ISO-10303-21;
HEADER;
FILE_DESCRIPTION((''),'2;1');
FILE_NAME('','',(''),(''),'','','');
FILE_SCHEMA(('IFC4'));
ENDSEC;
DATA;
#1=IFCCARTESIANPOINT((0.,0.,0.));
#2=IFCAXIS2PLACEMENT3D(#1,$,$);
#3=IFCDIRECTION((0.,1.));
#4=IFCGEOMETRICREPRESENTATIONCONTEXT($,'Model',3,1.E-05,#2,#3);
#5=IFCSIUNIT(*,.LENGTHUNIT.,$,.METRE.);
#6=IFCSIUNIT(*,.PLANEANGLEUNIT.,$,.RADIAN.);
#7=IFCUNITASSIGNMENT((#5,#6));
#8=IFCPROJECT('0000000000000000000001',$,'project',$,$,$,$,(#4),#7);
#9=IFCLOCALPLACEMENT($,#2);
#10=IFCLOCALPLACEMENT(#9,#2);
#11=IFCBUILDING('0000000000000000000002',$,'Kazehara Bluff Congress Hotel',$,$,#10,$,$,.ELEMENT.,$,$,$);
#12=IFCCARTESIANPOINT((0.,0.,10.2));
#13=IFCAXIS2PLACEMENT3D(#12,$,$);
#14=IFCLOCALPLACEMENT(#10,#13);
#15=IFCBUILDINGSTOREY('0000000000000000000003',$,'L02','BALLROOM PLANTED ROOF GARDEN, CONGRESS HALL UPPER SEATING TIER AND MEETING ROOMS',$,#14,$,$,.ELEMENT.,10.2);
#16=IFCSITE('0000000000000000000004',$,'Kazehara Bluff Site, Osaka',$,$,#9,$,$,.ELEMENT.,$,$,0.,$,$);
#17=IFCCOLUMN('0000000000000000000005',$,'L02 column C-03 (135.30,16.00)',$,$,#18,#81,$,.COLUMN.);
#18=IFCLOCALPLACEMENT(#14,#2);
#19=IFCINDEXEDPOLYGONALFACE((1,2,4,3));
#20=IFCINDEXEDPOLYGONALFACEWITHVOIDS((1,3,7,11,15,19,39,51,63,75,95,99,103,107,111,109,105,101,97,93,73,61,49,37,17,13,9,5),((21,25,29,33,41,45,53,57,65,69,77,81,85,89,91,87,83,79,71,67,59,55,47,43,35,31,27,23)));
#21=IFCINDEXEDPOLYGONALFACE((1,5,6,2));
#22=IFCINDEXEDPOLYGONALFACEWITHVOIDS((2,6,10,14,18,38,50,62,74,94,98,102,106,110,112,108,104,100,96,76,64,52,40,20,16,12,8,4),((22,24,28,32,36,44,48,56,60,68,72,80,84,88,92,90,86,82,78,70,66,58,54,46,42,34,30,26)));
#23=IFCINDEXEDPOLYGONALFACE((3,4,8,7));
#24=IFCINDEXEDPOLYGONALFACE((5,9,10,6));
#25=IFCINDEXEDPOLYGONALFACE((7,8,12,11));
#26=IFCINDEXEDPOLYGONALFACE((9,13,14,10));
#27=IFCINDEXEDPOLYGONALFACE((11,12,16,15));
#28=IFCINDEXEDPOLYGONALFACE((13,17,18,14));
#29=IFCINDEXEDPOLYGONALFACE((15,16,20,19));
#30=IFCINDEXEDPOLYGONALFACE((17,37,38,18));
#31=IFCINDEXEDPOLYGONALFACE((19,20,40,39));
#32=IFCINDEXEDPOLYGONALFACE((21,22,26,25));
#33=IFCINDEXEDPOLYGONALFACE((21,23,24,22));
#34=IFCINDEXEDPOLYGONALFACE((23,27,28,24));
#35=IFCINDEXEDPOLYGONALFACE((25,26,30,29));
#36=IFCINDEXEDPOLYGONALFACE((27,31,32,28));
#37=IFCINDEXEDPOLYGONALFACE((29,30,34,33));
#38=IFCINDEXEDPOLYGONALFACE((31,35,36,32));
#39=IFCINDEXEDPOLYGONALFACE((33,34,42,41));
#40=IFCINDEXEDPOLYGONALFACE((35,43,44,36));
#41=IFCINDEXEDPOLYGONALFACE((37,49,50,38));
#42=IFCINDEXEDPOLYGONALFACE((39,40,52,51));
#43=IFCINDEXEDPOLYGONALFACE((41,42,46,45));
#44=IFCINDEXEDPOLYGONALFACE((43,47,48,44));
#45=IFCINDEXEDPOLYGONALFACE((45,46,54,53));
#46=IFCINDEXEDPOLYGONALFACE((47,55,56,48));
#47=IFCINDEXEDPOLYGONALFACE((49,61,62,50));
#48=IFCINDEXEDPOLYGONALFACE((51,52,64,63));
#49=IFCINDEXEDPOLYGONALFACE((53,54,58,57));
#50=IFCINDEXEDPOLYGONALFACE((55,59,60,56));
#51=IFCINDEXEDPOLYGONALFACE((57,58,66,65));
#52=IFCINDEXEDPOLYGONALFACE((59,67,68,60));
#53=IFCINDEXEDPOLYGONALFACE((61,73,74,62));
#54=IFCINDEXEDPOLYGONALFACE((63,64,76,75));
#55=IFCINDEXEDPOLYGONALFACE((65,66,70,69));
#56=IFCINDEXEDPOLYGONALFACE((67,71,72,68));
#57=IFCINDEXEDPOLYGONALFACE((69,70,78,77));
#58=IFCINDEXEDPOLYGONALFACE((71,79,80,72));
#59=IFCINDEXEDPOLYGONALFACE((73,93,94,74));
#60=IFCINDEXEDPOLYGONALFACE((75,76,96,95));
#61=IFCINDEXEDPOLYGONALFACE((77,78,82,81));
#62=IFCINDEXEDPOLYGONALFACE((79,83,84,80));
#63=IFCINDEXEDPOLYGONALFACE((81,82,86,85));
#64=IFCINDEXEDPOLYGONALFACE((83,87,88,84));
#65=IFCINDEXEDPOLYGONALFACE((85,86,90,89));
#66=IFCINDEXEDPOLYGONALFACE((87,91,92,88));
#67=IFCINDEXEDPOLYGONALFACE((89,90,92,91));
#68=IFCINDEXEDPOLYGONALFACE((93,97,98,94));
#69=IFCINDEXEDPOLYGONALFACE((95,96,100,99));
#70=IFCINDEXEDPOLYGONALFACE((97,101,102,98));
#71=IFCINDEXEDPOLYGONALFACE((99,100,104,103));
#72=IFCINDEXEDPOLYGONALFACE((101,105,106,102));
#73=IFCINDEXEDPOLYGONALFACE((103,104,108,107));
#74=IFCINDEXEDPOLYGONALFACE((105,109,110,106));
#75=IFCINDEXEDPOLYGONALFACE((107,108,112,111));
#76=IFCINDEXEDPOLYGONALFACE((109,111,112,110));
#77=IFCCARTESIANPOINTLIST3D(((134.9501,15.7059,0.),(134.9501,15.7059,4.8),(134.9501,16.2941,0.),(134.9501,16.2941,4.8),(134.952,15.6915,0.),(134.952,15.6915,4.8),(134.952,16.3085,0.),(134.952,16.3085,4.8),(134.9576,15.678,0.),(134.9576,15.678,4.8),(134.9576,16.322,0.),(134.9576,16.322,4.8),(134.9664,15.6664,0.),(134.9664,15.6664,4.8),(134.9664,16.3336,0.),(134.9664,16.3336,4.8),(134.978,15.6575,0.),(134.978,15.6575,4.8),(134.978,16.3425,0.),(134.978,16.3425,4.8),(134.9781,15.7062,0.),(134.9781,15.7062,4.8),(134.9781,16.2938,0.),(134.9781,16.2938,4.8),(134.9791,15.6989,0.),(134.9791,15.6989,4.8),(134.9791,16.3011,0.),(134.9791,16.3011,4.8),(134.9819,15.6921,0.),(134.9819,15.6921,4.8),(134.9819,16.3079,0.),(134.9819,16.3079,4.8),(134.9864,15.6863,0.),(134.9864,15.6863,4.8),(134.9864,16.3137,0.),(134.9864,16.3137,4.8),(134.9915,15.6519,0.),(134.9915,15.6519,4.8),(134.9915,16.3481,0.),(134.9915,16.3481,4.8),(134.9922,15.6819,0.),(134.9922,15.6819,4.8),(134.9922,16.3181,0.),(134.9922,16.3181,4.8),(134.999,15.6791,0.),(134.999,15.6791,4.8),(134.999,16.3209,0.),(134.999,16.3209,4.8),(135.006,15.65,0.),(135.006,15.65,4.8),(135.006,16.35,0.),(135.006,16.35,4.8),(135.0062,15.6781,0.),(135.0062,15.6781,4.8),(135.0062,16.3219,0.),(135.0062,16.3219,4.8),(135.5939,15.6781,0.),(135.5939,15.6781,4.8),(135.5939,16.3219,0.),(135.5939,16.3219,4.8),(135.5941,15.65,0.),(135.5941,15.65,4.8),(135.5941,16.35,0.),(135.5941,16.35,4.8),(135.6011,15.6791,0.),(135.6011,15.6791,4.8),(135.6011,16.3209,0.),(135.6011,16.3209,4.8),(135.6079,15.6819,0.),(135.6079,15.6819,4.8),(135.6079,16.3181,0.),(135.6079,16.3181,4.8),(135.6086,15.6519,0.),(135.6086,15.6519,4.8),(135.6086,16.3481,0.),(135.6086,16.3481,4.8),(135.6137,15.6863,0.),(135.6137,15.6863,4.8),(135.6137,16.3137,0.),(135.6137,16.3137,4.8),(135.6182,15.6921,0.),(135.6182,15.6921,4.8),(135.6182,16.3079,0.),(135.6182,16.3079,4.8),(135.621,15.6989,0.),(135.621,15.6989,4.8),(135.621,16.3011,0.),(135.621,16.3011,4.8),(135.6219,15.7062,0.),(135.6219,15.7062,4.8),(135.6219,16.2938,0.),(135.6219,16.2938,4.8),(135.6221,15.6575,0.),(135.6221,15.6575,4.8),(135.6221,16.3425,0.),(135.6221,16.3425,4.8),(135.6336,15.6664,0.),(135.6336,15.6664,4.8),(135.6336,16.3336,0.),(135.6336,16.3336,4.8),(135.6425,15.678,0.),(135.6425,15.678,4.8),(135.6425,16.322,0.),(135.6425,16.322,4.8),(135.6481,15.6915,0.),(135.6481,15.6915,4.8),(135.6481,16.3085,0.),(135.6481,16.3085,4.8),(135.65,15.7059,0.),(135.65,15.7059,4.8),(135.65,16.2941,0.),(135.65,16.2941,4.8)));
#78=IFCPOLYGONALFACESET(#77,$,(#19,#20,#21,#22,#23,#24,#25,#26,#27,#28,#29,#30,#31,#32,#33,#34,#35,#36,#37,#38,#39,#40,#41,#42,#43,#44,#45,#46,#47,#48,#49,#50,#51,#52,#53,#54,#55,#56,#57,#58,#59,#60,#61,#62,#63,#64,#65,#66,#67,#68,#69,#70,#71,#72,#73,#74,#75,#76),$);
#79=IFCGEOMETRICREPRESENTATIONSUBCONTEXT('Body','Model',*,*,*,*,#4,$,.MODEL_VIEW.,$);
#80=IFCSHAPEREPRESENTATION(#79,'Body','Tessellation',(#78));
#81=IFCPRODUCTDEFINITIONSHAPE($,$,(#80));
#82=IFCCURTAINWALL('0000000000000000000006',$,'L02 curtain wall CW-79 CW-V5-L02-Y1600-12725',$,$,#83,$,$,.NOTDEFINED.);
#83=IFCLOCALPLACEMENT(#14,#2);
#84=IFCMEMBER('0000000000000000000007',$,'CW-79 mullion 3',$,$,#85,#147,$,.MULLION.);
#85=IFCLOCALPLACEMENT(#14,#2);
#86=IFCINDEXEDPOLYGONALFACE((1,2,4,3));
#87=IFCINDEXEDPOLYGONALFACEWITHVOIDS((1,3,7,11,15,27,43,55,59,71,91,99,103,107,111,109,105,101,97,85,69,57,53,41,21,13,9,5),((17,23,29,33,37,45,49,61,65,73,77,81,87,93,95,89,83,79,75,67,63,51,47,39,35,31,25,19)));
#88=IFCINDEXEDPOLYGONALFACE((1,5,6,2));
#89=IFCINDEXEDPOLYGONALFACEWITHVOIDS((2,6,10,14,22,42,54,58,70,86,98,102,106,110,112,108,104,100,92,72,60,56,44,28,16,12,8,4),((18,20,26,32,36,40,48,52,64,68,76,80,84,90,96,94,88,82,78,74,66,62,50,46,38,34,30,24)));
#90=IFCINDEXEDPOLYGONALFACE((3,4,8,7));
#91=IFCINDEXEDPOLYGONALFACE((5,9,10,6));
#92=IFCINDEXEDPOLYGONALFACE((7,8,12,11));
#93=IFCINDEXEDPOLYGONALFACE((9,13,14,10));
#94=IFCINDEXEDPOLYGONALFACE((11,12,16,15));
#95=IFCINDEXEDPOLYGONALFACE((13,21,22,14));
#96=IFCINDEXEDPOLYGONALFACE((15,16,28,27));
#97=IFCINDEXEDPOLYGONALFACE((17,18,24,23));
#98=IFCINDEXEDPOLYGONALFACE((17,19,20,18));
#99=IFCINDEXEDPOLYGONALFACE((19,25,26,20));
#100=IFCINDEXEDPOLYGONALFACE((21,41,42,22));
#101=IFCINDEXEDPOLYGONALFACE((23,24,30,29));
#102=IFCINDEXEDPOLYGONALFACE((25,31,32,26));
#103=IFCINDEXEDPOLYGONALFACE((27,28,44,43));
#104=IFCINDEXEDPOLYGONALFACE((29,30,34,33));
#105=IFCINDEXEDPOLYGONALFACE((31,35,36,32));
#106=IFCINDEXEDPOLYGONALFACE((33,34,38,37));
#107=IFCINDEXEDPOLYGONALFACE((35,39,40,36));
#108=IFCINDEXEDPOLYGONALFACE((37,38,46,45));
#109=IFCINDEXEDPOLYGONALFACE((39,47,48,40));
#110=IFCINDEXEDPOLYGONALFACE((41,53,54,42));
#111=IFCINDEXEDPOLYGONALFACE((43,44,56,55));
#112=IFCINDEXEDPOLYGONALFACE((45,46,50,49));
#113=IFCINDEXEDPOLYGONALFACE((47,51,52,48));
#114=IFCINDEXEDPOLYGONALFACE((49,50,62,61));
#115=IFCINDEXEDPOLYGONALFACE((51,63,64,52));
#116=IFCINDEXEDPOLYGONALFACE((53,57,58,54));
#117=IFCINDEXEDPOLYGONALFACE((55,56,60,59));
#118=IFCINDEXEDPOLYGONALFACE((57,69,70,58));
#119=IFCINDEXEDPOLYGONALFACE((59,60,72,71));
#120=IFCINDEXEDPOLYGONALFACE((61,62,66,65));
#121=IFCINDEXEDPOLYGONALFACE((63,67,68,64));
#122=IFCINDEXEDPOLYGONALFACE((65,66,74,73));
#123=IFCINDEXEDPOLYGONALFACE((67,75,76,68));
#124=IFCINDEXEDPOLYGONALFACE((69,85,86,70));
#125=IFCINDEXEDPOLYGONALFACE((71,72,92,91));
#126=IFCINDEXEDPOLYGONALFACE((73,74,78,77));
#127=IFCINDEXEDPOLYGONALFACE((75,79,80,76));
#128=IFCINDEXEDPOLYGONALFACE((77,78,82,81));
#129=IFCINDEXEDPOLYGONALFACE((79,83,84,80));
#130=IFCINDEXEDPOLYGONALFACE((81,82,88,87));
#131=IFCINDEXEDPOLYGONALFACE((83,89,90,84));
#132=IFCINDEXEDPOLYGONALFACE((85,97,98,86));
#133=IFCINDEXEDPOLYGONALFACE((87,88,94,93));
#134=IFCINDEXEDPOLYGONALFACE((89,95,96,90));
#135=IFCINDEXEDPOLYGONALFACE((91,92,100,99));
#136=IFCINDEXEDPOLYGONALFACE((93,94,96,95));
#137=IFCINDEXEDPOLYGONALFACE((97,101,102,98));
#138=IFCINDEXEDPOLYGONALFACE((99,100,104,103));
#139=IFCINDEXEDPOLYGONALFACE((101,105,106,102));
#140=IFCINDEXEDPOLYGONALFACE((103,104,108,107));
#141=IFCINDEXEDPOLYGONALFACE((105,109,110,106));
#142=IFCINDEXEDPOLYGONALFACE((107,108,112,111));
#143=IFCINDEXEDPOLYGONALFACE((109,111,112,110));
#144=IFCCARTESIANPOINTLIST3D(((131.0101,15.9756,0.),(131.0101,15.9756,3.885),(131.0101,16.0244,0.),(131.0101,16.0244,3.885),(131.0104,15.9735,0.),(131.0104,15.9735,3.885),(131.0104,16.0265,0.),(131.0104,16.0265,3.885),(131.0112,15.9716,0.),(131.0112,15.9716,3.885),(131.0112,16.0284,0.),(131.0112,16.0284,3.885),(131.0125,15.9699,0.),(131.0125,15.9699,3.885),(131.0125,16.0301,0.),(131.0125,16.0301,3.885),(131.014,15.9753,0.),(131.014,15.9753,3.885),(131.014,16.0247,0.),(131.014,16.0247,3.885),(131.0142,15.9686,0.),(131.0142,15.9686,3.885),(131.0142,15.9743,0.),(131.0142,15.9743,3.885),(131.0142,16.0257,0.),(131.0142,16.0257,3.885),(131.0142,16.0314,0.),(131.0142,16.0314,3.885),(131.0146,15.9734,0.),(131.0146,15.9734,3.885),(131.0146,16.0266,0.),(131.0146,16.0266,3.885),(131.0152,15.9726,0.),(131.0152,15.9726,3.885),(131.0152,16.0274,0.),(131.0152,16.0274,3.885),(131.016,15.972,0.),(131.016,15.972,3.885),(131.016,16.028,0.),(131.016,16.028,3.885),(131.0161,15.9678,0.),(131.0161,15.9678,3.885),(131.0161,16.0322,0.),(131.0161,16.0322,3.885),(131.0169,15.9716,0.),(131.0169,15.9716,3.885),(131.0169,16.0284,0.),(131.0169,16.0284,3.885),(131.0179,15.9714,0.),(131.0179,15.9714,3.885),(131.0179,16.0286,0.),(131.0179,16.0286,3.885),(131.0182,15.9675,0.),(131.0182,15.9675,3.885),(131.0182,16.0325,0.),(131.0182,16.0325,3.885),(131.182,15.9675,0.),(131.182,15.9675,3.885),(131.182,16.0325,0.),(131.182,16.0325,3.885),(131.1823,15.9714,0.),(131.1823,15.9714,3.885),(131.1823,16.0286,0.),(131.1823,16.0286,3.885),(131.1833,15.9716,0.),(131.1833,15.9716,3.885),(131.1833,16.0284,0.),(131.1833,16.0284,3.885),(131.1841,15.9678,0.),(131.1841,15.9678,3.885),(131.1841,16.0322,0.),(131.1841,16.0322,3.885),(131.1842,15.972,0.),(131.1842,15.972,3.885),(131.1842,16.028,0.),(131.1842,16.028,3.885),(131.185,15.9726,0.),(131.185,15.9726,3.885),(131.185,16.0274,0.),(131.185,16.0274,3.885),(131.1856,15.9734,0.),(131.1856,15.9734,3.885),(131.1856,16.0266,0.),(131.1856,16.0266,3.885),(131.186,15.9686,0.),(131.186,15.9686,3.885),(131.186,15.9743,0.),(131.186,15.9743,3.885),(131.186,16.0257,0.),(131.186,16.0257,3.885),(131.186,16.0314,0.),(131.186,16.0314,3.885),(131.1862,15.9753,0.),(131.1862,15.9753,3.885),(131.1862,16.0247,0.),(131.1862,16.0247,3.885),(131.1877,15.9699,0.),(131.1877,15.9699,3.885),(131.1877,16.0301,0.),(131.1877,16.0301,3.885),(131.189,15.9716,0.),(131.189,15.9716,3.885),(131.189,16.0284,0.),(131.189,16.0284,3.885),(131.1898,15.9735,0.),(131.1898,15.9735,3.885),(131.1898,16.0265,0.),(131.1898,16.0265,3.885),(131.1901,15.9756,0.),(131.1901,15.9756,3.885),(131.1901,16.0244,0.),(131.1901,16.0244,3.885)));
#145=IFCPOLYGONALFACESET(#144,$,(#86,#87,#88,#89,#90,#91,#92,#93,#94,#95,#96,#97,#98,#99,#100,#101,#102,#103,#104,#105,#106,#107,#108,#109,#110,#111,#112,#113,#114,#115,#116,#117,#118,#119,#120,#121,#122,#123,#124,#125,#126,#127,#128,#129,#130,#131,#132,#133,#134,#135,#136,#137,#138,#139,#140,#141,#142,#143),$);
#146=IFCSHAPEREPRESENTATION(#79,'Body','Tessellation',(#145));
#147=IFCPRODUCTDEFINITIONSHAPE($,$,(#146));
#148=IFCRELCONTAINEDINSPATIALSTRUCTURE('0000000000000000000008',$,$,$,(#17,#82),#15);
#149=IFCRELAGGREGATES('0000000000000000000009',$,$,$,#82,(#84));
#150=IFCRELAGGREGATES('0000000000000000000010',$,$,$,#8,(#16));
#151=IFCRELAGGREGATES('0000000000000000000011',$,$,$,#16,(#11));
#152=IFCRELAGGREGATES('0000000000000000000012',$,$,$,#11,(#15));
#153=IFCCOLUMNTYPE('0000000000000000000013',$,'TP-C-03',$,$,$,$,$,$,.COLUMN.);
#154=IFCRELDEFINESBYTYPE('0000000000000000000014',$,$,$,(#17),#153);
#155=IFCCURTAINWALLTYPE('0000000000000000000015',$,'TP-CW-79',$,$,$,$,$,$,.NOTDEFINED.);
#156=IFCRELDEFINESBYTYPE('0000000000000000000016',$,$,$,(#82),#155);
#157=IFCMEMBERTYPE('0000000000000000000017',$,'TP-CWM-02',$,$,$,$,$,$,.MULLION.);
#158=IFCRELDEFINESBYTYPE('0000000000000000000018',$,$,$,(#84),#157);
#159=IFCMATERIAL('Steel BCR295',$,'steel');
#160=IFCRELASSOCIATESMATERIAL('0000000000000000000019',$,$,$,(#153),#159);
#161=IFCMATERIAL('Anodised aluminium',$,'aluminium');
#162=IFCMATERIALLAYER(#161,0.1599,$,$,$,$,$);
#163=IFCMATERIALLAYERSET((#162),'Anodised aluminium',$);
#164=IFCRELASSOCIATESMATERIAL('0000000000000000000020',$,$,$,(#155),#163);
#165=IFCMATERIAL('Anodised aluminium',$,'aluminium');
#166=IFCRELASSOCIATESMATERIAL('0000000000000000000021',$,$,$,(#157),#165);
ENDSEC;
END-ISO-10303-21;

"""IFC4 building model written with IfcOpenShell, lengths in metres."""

from ifc_helpers import new_model, si_unit, direction, frame, origin, origin_2d, place, context, subcontext, project, spatial, hollow_rectangle, extrude, material, layer, layer_set, material_profile, profile_set, type_object, element, aggregate, save


model = new_model("IFC4")

# Units and contexts
model_context = context("Model", 3, precision=1e-05, world=origin(), true_north=direction((0.0, 1.0)))
body_context = subcontext(model_context, "Body", "Model", "MODEL_VIEW")
ifc_project = project(units=[si_unit("LENGTHUNIT", "METRE"), si_unit("PLANEANGLEUNIT", "RADIAN")], contexts=[model_context])

# Site, building, storey
site_placement = place(None, origin())
site = spatial("IfcSite", under=ifc_project, at=site_placement, Name="Kazehara Bluff Site, Osaka", CompositionType="ELEMENT", RefElevation=0.0)
building_placement = place(site_placement, origin())
building = spatial("IfcBuilding", under=site, at=building_placement, Name="Kazehara Bluff Congress Hotel", CompositionType="ELEMENT")
storey_placement = place(building_placement, frame((0.0, 0.0, 10.2)))
storey = spatial("IfcBuildingStorey", under=building, at=storey_placement, Name="L02", Description="BALLROOM PLANTED ROOF GARDEN, CONGRESS HALL UPPER SEATING TIER AND MEETING ROOMS", CompositionType="ELEMENT", Elevation=10.2)

# Column
ifc_material_1 = material(Name="Steel BCR295", Category="steel")
ifc_material_profile_1 = material_profile(ifc_material_1, hollow_rectangle(XDim=0.7, YDim=0.7, WallThickness=0.0281, InnerFilletRadius=0.0281, OuterFilletRadius=0.0559, at=origin_2d()))
ifc_profile_set_1 = profile_set([ifc_material_profile_1], Name="Steel BCR295")
column_type = type_object("IfcColumnType", Name="TP-C-03", PredefinedType="COLUMN", material=ifc_profile_set_1)
column_placement = place(storey_placement, frame((135.3, 16.0, 0.0), z_axis=(0.0, 0.0, 1.0), x_axis=(1.0, 0.0, 0.0)))
element("IfcColumn", 1, at=column_placement, inside=storey, type_object=column_type, Name="L02 column C-03 (135.30,16.00)", PredefinedType="COLUMN", context=body_context, shape_type="SweptSolid", body=[
    extrude(hollow_rectangle(XDim=0.7, YDim=0.7, WallThickness=0.0281, InnerFilletRadius=0.0281, OuterFilletRadius=0.0559, at=origin_2d()), origin(), (0.0, 0.0, 1.0), 4.8),
])

# Curtain wall, member
ifc_material_2 = material(Name="Anodised aluminium", Category="aluminium")
ifc_layer_1 = layer(ifc_material_2, 0.1599)
ifc_layer_set_1 = layer_set([ifc_layer_1], Name="Anodised aluminium")
curtain_wall_type_1 = type_object("IfcCurtainWallType", Name="TP-CW-79", PredefinedType="NOTDEFINED", material=ifc_layer_set_1)
curtain_wall_1_placement = place(storey_placement, origin())
curtain_wall_1 = element("IfcCurtainWall", 2, at=curtain_wall_1_placement, inside=storey, type_object=curtain_wall_type_1, Name="L02 curtain wall CW-79 CW-V5-L02-Y1600-12725", PredefinedType="NOTDEFINED")
ifc_material_3 = material(Name="Anodised aluminium", Category="aluminium")
ifc_material_profile_2 = material_profile(ifc_material_3, hollow_rectangle(XDim=0.0649, YDim=0.1799, WallThickness=0.0039, InnerFilletRadius=0.0039, OuterFilletRadius=0.0081, at=origin_2d()))
ifc_profile_set_2 = profile_set([ifc_material_profile_2], Name="Anodised aluminium")
member_type_1 = type_object("IfcMemberType", Name="TP-CWM-02", PredefinedType="MULLION", material=ifc_profile_set_2)
member_1_placement = place(storey_placement, frame((131.1001, 16.0, 0.0), z_axis=(0.0, 0.0, 1.0), x_axis=(0.0, 1.0, 0.0)))
member_1 = element("IfcMember", 3, at=member_1_placement, type_object=member_type_1, Name="CW-79 mullion 3", PredefinedType="MULLION", context=body_context, shape_type="SweptSolid", body=[
    extrude(hollow_rectangle(XDim=0.0649, YDim=0.1799, WallThickness=0.0039, InnerFilletRadius=0.0039, OuterFilletRadius=0.0081, at=origin_2d()), origin(), (0.0, 0.0, 1.0), 3.885),
])

aggregate(curtain_wall_1, [member_1])

save(model, "model.ifc")
